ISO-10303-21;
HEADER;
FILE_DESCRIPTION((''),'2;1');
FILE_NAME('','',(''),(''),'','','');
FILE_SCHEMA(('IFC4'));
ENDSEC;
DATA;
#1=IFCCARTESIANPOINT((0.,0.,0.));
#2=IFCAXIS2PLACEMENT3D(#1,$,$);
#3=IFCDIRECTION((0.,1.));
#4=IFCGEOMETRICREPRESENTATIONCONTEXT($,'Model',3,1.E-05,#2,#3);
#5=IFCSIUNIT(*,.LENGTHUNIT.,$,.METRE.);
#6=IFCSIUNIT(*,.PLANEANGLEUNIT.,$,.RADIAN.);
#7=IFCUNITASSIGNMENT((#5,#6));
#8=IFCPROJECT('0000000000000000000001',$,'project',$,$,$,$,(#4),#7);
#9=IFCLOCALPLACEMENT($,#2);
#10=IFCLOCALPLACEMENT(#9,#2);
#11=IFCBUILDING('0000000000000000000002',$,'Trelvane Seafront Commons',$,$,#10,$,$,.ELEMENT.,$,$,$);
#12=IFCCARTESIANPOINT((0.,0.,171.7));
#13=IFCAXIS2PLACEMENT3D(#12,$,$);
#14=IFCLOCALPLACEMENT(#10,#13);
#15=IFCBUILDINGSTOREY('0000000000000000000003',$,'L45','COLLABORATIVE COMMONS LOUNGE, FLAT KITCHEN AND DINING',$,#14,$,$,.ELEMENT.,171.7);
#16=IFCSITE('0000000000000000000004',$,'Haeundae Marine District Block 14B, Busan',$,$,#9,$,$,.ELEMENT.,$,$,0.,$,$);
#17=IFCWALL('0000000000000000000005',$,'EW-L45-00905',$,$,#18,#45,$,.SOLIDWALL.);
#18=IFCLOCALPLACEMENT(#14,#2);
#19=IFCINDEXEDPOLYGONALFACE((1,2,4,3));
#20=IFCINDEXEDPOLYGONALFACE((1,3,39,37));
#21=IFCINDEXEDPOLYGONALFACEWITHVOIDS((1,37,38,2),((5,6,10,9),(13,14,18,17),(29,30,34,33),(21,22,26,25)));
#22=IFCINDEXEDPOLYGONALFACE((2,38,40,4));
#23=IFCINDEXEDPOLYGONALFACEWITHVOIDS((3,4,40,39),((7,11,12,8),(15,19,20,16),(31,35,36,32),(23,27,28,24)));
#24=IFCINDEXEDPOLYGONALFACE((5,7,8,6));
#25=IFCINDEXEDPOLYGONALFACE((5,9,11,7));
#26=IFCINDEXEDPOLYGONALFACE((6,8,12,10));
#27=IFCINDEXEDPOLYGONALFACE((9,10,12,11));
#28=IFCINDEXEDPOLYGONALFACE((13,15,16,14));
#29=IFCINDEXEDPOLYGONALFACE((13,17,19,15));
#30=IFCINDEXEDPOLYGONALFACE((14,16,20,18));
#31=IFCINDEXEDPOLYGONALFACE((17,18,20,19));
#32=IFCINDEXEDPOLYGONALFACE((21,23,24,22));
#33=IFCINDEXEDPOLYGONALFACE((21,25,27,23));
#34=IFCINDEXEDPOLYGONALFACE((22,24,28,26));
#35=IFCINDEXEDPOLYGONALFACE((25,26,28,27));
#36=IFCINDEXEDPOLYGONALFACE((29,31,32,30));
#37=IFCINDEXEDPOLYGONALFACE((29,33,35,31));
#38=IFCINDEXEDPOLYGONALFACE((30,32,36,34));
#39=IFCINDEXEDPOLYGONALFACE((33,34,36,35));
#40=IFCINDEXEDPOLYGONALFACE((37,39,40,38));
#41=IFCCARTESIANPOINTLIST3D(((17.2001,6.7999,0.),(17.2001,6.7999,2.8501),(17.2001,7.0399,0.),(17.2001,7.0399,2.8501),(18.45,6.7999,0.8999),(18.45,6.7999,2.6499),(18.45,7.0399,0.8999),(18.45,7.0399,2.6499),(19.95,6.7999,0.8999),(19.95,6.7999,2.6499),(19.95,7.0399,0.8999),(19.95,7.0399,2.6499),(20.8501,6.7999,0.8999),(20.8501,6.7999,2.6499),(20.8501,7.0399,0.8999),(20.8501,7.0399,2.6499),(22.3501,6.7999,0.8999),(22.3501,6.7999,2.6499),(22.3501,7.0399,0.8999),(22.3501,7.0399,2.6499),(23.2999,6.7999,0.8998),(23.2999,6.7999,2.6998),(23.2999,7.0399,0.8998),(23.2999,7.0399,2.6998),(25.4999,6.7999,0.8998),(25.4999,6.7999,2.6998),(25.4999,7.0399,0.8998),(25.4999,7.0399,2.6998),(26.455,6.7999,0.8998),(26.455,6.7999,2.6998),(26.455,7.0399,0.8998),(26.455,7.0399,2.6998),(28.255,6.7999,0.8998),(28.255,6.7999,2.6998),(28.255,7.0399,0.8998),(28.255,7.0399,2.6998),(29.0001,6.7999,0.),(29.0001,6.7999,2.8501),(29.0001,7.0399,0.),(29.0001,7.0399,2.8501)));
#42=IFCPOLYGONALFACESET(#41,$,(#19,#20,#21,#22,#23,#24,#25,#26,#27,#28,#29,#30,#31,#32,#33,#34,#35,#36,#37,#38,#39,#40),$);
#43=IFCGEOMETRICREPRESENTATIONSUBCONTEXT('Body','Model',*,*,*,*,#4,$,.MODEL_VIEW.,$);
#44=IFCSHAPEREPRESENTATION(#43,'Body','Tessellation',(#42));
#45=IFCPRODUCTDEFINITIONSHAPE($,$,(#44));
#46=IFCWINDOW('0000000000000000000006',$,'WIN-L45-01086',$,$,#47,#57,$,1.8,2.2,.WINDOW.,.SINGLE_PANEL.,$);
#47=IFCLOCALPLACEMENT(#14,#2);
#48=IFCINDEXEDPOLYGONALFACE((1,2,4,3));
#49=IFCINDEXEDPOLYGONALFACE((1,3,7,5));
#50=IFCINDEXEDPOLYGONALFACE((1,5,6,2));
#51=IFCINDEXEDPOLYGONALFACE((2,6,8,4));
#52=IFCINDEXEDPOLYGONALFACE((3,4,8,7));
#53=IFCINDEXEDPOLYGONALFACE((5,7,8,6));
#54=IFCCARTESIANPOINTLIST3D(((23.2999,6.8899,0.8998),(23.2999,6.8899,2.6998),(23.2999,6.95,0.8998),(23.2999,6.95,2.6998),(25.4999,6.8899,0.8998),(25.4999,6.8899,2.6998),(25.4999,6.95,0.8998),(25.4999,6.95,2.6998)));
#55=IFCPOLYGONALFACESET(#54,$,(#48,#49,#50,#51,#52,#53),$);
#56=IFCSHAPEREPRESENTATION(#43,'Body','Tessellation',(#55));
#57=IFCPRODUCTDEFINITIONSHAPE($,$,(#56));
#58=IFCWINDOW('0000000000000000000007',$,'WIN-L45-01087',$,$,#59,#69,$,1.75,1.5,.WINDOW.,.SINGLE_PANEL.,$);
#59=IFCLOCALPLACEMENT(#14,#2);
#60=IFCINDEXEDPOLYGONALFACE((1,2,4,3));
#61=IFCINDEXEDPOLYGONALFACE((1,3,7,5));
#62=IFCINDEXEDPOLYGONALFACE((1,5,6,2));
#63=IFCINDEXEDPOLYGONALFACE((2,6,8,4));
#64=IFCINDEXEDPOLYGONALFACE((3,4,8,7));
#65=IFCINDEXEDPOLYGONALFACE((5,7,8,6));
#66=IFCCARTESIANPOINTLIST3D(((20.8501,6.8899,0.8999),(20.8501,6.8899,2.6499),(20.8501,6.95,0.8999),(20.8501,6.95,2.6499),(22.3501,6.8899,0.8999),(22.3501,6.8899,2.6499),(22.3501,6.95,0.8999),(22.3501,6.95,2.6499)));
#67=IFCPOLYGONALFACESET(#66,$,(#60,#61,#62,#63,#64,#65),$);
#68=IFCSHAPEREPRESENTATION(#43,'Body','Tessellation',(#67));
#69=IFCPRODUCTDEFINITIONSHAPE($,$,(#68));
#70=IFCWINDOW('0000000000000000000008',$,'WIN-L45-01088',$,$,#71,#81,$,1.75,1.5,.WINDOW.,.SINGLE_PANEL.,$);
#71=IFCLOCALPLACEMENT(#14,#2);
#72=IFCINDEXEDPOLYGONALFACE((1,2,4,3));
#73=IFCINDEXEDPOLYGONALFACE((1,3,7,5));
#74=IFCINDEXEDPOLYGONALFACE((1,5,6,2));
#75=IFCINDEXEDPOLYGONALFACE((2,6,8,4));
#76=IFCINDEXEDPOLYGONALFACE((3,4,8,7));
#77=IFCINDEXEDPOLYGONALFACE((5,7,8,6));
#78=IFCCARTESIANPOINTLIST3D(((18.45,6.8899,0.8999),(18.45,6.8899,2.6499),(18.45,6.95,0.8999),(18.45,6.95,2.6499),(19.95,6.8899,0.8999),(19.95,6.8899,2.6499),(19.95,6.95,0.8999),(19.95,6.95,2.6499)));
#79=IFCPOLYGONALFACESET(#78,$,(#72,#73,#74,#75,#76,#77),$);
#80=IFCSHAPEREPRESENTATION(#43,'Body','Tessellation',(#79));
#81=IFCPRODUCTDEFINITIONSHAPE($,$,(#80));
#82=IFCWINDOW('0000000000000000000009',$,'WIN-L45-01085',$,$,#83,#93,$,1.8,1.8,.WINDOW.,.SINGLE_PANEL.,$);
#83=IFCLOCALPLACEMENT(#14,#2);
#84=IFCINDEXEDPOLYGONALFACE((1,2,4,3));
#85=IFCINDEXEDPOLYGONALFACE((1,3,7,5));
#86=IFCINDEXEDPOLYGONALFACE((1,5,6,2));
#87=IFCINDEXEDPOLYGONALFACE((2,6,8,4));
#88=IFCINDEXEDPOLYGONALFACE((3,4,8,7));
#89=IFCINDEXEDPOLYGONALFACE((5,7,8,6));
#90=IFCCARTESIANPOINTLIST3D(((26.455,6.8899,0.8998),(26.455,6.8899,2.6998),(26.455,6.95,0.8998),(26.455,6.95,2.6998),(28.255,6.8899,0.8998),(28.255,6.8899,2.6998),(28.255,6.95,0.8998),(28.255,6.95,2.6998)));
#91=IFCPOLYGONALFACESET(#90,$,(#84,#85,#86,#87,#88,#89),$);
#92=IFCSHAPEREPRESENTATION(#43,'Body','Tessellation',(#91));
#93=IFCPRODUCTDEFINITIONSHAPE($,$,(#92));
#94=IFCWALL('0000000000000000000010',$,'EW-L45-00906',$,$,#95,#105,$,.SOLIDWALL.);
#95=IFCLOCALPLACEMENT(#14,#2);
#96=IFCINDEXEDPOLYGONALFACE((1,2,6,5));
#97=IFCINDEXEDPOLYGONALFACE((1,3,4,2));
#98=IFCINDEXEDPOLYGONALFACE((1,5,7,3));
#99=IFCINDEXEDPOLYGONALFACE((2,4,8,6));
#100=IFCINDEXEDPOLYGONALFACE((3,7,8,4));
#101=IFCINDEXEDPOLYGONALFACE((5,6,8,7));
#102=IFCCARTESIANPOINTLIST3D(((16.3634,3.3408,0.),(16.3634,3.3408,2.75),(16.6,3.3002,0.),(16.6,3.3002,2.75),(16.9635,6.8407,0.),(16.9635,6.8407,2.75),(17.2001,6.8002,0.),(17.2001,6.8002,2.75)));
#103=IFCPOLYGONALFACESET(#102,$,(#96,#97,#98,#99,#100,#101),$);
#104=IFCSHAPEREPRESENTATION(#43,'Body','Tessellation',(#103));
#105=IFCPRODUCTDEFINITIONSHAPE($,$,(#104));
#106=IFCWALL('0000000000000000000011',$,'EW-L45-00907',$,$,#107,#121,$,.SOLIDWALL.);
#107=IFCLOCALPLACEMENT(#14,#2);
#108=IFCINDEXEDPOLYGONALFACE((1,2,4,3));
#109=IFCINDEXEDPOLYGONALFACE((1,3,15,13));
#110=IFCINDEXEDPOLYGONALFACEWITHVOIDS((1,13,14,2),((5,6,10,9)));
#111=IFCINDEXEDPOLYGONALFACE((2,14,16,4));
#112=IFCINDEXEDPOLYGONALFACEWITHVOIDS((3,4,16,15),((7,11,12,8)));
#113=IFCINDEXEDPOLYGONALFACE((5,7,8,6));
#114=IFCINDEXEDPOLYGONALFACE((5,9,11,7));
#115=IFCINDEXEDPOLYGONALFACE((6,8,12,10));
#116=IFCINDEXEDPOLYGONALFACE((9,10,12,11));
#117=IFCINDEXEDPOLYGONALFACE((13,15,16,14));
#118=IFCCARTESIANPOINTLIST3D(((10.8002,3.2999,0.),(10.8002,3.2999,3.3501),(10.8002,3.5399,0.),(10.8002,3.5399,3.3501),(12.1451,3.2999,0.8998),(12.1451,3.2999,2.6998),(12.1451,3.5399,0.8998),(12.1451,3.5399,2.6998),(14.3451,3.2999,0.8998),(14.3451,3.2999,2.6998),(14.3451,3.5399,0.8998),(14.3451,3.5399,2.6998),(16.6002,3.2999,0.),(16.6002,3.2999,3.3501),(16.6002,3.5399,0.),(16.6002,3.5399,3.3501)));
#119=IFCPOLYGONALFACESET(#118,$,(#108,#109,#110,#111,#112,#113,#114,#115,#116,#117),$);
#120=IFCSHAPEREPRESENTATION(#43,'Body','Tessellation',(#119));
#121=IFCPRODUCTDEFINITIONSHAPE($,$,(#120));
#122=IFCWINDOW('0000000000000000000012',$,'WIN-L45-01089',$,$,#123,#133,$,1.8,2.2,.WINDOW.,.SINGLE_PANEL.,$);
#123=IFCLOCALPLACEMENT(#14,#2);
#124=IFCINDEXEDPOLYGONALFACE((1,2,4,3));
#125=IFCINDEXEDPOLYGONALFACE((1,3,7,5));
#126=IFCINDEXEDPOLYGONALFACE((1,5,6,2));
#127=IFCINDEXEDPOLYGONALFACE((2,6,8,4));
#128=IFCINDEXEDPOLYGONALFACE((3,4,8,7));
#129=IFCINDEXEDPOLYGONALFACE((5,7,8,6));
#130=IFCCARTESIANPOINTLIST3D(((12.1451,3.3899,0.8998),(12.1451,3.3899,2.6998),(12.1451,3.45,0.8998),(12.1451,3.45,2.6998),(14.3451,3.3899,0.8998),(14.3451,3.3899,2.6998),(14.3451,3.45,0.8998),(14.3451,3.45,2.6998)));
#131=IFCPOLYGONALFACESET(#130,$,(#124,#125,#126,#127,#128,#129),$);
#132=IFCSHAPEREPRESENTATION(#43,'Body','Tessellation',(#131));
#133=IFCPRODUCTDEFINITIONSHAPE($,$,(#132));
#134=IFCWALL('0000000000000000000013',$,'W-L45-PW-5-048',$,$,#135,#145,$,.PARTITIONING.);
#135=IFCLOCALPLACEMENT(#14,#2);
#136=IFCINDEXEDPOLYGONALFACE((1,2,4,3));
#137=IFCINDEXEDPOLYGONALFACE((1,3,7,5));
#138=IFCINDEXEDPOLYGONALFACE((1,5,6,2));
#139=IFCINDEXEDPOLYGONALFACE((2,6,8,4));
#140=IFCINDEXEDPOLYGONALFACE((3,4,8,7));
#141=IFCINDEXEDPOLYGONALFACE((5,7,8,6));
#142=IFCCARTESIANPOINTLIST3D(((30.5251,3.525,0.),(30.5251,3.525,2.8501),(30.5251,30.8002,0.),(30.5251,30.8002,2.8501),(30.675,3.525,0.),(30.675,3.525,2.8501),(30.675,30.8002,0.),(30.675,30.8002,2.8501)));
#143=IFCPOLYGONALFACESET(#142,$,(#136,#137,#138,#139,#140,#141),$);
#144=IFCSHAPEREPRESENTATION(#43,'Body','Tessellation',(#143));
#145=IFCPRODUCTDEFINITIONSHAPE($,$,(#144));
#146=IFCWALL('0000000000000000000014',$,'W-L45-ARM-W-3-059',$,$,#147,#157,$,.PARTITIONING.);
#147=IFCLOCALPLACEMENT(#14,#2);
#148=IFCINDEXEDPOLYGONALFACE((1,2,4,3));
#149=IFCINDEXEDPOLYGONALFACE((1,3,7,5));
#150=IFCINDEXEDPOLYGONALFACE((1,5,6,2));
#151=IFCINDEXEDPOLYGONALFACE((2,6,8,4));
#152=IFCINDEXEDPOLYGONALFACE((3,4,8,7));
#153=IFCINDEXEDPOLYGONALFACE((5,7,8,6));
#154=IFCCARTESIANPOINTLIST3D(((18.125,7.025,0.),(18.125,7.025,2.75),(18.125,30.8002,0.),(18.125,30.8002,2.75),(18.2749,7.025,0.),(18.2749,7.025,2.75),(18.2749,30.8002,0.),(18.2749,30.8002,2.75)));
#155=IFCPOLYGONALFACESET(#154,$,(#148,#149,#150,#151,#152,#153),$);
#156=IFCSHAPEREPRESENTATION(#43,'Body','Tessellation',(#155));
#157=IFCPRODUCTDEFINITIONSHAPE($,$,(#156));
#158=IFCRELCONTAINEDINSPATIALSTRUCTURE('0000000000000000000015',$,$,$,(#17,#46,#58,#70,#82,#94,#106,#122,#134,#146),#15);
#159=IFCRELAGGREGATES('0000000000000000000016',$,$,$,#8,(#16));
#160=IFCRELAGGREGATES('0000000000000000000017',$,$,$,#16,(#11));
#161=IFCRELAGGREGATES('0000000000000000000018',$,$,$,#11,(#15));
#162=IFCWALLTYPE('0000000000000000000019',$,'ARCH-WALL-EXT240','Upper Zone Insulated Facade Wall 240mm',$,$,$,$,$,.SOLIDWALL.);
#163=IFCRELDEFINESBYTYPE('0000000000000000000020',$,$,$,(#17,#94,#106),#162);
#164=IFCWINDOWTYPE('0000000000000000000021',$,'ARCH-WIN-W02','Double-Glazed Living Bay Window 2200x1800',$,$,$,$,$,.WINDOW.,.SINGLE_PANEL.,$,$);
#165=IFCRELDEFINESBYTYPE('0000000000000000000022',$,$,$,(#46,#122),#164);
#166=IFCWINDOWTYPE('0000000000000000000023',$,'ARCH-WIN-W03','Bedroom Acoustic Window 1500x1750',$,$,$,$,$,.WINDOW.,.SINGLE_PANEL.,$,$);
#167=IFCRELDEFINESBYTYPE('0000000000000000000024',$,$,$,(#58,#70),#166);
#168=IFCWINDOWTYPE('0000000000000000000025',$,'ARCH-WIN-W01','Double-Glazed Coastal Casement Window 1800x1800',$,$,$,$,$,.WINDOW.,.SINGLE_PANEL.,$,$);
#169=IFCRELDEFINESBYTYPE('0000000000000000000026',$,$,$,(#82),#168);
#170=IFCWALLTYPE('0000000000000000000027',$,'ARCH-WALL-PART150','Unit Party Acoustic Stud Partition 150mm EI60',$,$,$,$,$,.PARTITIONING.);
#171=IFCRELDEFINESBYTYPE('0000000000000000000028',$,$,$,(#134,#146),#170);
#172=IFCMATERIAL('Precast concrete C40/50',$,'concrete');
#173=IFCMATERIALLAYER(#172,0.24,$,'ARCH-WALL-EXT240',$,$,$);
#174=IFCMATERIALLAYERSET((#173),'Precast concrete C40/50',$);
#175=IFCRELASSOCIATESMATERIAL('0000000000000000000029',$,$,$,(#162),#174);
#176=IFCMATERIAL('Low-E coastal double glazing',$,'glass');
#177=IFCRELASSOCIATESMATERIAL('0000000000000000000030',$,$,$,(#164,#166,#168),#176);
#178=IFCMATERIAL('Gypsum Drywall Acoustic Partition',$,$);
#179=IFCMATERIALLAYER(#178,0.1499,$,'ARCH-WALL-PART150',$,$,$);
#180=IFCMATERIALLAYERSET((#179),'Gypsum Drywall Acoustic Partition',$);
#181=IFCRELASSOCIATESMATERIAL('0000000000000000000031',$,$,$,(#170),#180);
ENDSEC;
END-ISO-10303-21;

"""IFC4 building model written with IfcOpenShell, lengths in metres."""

from ifc_helpers import new_model, si_unit, direction, frame, frame_2d, origin, place, context, subcontext, project, spatial, rectangle, extrude, source, transform, mapped, material, layer, layer_set, type_object, element, fill, save


model = new_model("IFC4")

# Units and contexts
model_context = context("Model", 3, precision=1e-05, world=origin(), true_north=direction((0.0, 1.0)))
body_context = subcontext(model_context, "Body", "Model", "MODEL_VIEW")
ifc_project = project(units=[si_unit("LENGTHUNIT", "METRE"), si_unit("PLANEANGLEUNIT", "RADIAN")], contexts=[model_context])

# Site, building, storey
site_placement = place(None, origin())
site = spatial("IfcSite", under=ifc_project, at=site_placement, Name="Haeundae Marine District Block 14B, Busan", CompositionType="ELEMENT", RefElevation=0.0)
building_placement = place(site_placement, origin())
building = spatial("IfcBuilding", under=site, at=building_placement, Name="Trelvane Seafront Commons", CompositionType="ELEMENT")
storey_placement = place(building_placement, frame((0.0, 0.0, 171.7)))
storey = spatial("IfcBuildingStorey", under=building, at=storey_placement, Name="L45", Description="COLLABORATIVE COMMONS LOUNGE, FLAT KITCHEN AND DINING", CompositionType="ELEMENT", Elevation=171.7)

# Shared definitions
ifc_material_1 = material(Name="Precast concrete C40/50", Category="concrete")
ifc_layer_1 = layer(ifc_material_1, 0.24, Name="ARCH-WALL-EXT240")
ifc_layer_set_1 = layer_set([ifc_layer_1], Name="Precast concrete C40/50")
wall_type_1 = type_object("IfcWallType", Name="ARCH-WALL-EXT240", Description="Upper Zone Insulated Facade Wall 240mm", PredefinedType="SOLIDWALL", material=ifc_layer_set_1)

# Wall, openings, windows
wall_1_placement = place(storey_placement, frame((29.0, 6.9199, 0.0), z_axis=(0.0, 0.0, 1.0), x_axis=(-1.0, 0.0, 0.0)))
wall_1 = element("IfcWall", 1, at=wall_1_placement, inside=storey, type_object=wall_type_1, Name="EW-L45-00905", PredefinedType="SOLIDWALL", context=body_context, shape_type="SweptSolid", body=[
    extrude(rectangle(XDim=11.8, YDim=0.24, at=frame_2d((5.8999, 0.0))), origin(), (0.0, 0.0, 1.0), 2.8501),
])
opening_1_placement = place(wall_1_placement, frame((0.7451, 0.0, 0.8999)))
opening_1 = element("IfcOpeningElement", 2, at=opening_1_placement, cuts=wall_1, PredefinedType="OPENING", context=body_context, shape_type="SweptSolid", body=[
    extrude(rectangle(XDim=1.8, YDim=1.8, at=frame_2d((0.8999, 0.8999))), frame((0.0, 0.1299, 0.0), z_axis=(0.0, -1.0, 0.0), x_axis=(1.0, 0.0, 0.0)), (0.0, 0.0, 1.0), 0.26),
])
opening_2_placement = place(wall_1_placement, frame((3.5, 0.0, 0.8999)))
opening_2 = element("IfcOpeningElement", 3, at=opening_2_placement, cuts=wall_1, PredefinedType="OPENING", context=body_context, shape_type="SweptSolid", body=[
    extrude(rectangle(XDim=2.2, YDim=1.8, at=frame_2d((1.1001, 0.8999))), frame((0.0, 0.1299, 0.0), z_axis=(0.0, -1.0, 0.0), x_axis=(1.0, 0.0, 0.0)), (0.0, 0.0, 1.0), 0.26),
])
opening_3_placement = place(wall_1_placement, frame((6.6499, 0.0, 0.8999)))
opening_3 = element("IfcOpeningElement", 4, at=opening_3_placement, cuts=wall_1, PredefinedType="OPENING", context=body_context, shape_type="SweptSolid", body=[
    extrude(rectangle(XDim=1.5, YDim=1.75, at=frame_2d((0.75, 0.875))), frame((0.0, 0.1299, 0.0), z_axis=(0.0, -1.0, 0.0), x_axis=(1.0, 0.0, 0.0)), (0.0, 0.0, 1.0), 0.26),
])
opening_4_placement = place(wall_1_placement, frame((9.05, 0.0, 0.8999)))
opening_4 = element("IfcOpeningElement", 5, at=opening_4_placement, cuts=wall_1, PredefinedType="OPENING", context=body_context, shape_type="SweptSolid", body=[
    extrude(rectangle(XDim=1.5, YDim=1.75, at=frame_2d((0.75, 0.875))), frame((0.0, 0.1299, 0.0), z_axis=(0.0, -1.0, 0.0), x_axis=(1.0, 0.0, 0.0)), (0.0, 0.0, 1.0), 0.26),
])
ifc_material_2 = material(Name="Low-E coastal double glazing", Category="glass")
window_type_1 = type_object("IfcWindowType", Name="ARCH-WIN-W02", Description="Double-Glazed Living Bay Window 2200x1800", PartitioningType="SINGLE_PANEL", PredefinedType="WINDOW", material=ifc_material_2)
shared_shape_1 = source(origin(), body_context, "Body", "SweptSolid", [
    extrude(rectangle(XDim=2.2, YDim=1.8, at=frame_2d((1.1001, 0.8999))), frame((0.0, 0.03, 0.0), z_axis=(0.0, -1.0, 0.0), x_axis=(1.0, 0.0, 0.0)), (0.0, 0.0, 1.0), 0.0601),
])
window_1_placement = place(opening_2_placement, origin())
window_1 = element("IfcWindow", 6, at=window_1_placement, inside=storey, type_object=window_type_1, Name="WIN-L45-01086", OverallHeight=1.8, OverallWidth=2.2, PartitioningType="SINGLE_PANEL", PredefinedType="WINDOW", context=body_context, shape_type="MappedRepresentation", body=[
    mapped(shared_shape_1, transform((0.0, 0.0, 0.0), x_axis=(1.0, 0.0, 0.0), y_axis=(0.0, 1.0, 0.0), z_axis=(0.0, 0.0, 1.0), scale=1.0)),
])
fill(opening_2, window_1)
window_type_2 = type_object("IfcWindowType", Name="ARCH-WIN-W03", Description="Bedroom Acoustic Window 1500x1750", PartitioningType="SINGLE_PANEL", PredefinedType="WINDOW", material=ifc_material_2)
shared_shape_2 = source(origin(), body_context, "Body", "SweptSolid", [
    extrude(rectangle(XDim=1.5, YDim=1.75, at=frame_2d((0.75, 0.875))), frame((0.0, 0.03, 0.0), z_axis=(0.0, -1.0, 0.0), x_axis=(1.0, 0.0, 0.0)), (0.0, 0.0, 1.0), 0.0601),
])
window_2_placement = place(opening_3_placement, origin())
window_2 = element("IfcWindow", 7, at=window_2_placement, inside=storey, type_object=window_type_2, Name="WIN-L45-01087", OverallHeight=1.75, OverallWidth=1.5, PartitioningType="SINGLE_PANEL", PredefinedType="WINDOW", context=body_context, shape_type="MappedRepresentation", body=[
    mapped(shared_shape_2, transform((0.0, 0.0, 0.0), x_axis=(1.0, 0.0, 0.0), y_axis=(0.0, 1.0, 0.0), z_axis=(0.0, 0.0, 1.0), scale=1.0)),
])
fill(opening_3, window_2)
window_3_placement = place(opening_4_placement, origin())
window_3 = element("IfcWindow", 8, at=window_3_placement, inside=storey, type_object=window_type_2, Name="WIN-L45-01088", OverallHeight=1.75, OverallWidth=1.5, PartitioningType="SINGLE_PANEL", PredefinedType="WINDOW", context=body_context, shape_type="MappedRepresentation", body=[
    mapped(shared_shape_2, transform((0.0, 0.0, 0.0), x_axis=(1.0, 0.0, 0.0), y_axis=(0.0, 1.0, 0.0), z_axis=(0.0, 0.0, 1.0), scale=1.0)),
])
fill(opening_4, window_3)
window_type_3 = type_object("IfcWindowType", Name="ARCH-WIN-W01", Description="Double-Glazed Coastal Casement Window 1800x1800", PartitioningType="SINGLE_PANEL", PredefinedType="WINDOW", material=ifc_material_2)
shared_shape_3 = source(origin(), body_context, "Body", "SweptSolid", [
    extrude(rectangle(XDim=1.8, YDim=1.8, at=frame_2d((0.8999, 0.8999))), frame((0.0, 0.03, 0.0), z_axis=(0.0, -1.0, 0.0), x_axis=(1.0, 0.0, 0.0)), (0.0, 0.0, 1.0), 0.0601),
])
window_4_placement = place(opening_1_placement, origin())
window_4 = element("IfcWindow", 9, at=window_4_placement, inside=storey, type_object=window_type_3, Name="WIN-L45-01085", OverallHeight=1.8, OverallWidth=1.8, PartitioningType="SINGLE_PANEL", PredefinedType="WINDOW", context=body_context, shape_type="MappedRepresentation", body=[
    mapped(shared_shape_3, transform((0.0, 0.0, 0.0), x_axis=(1.0, 0.0, 0.0), y_axis=(0.0, 1.0, 0.0), z_axis=(0.0, 0.0, 1.0), scale=1.0)),
])
fill(opening_1, window_4)

# Wall
wall_2_placement = place(storey_placement, frame((17.0818, 6.8203, 0.0), z_axis=(0.0, 0.0, 1.0), x_axis=(-0.168991, -0.985618, 0.0)))
element("IfcWall", 10, at=wall_2_placement, inside=storey, type_object=wall_type_1, Name="EW-L45-00906", PredefinedType="SOLIDWALL", context=body_context, shape_type="SweptSolid", body=[
    extrude(rectangle(XDim=3.551, YDim=0.24, at=frame_2d((1.7754, 0.0))), origin(), (0.0, 0.0, 1.0), 2.75),
])

# Wall, opening, window
wall_3_placement = place(storey_placement, frame((16.6001, 3.4199, 0.0), z_axis=(0.0, 0.0, 1.0), x_axis=(-1.0, 0.0, 0.0)))
wall_3 = element("IfcWall", 11, at=wall_3_placement, inside=storey, type_object=wall_type_1, Name="EW-L45-00907", PredefinedType="SOLIDWALL", context=body_context, shape_type="SweptSolid", body=[
    extrude(rectangle(XDim=5.8, YDim=0.24, at=frame_2d((2.8999, 0.0))), origin(), (0.0, 0.0, 1.0), 3.3501),
])
opening_5_placement = place(wall_3_placement, frame((2.2549, 0.0, 0.8999)))
opening_5 = element("IfcOpeningElement", 12, at=opening_5_placement, cuts=wall_3, PredefinedType="OPENING", context=body_context, shape_type="SweptSolid", body=[
    extrude(rectangle(XDim=2.2, YDim=1.8, at=frame_2d((1.1001, 0.8999))), frame((0.0, 0.1299, 0.0), z_axis=(0.0, -1.0, 0.0), x_axis=(1.0, 0.0, 0.0)), (0.0, 0.0, 1.0), 0.26),
])
window_5_placement = place(opening_5_placement, origin())
window_5 = element("IfcWindow", 13, at=window_5_placement, inside=storey, type_object=window_type_1, Name="WIN-L45-01089", OverallHeight=1.8, OverallWidth=2.2, PartitioningType="SINGLE_PANEL", PredefinedType="WINDOW", context=body_context, shape_type="MappedRepresentation", body=[
    mapped(shared_shape_1, transform((0.0, 0.0, 0.0), x_axis=(1.0, 0.0, 0.0), y_axis=(0.0, 1.0, 0.0), z_axis=(0.0, 0.0, 1.0), scale=1.0)),
])
fill(opening_5, window_5)

# Walls
ifc_material_3 = material(Name="Gypsum Drywall Acoustic Partition")
ifc_layer_2 = layer(ifc_material_3, 0.1499, Name="ARCH-WALL-PART150")
ifc_layer_set_2 = layer_set([ifc_layer_2], Name="Gypsum Drywall Acoustic Partition")
wall_type_2 = type_object("IfcWallType", Name="ARCH-WALL-PART150", Description="Unit Party Acoustic Stud Partition 150mm EI60", PredefinedType="PARTITIONING", material=ifc_layer_set_2)
wall_4_placement = place(storey_placement, frame((30.6001, 3.5249, 0.0), z_axis=(0.0, 0.0, 1.0), x_axis=(0.0, 1.0, 0.0)))
element("IfcWall", 14, at=wall_4_placement, inside=storey, type_object=wall_type_2, Name="W-L45-PW-5-048", PredefinedType="PARTITIONING", context=body_context, shape_type="SweptSolid", body=[
    extrude(rectangle(XDim=27.2751, YDim=0.1499, at=frame_2d((13.6377, 0.0))), origin(), (0.0, 0.0, 1.0), 2.8501),
])
for number, where, z_axis, x_axis, name in (
    (15, (18.2, 7.0249, 0.0), (0.0, 0.0, 1.0), (0.0, 1.0, 0.0), "W-L45-ARM-W-3-059"),
):
    element("IfcWall", number, at=place(storey_placement, frame(where, z_axis=z_axis, x_axis=x_axis)), inside=storey, type_object=wall_type_2, Name=name, PredefinedType="PARTITIONING", context=body_context, shape_type="SweptSolid", body=[
        extrude(rectangle(XDim=23.7751, YDim=0.1499, at=frame_2d((11.8877, 0.0))), origin(), (0.0, 0.0, 1.0), 2.75),
    ])

save(model, "model.ifc")
